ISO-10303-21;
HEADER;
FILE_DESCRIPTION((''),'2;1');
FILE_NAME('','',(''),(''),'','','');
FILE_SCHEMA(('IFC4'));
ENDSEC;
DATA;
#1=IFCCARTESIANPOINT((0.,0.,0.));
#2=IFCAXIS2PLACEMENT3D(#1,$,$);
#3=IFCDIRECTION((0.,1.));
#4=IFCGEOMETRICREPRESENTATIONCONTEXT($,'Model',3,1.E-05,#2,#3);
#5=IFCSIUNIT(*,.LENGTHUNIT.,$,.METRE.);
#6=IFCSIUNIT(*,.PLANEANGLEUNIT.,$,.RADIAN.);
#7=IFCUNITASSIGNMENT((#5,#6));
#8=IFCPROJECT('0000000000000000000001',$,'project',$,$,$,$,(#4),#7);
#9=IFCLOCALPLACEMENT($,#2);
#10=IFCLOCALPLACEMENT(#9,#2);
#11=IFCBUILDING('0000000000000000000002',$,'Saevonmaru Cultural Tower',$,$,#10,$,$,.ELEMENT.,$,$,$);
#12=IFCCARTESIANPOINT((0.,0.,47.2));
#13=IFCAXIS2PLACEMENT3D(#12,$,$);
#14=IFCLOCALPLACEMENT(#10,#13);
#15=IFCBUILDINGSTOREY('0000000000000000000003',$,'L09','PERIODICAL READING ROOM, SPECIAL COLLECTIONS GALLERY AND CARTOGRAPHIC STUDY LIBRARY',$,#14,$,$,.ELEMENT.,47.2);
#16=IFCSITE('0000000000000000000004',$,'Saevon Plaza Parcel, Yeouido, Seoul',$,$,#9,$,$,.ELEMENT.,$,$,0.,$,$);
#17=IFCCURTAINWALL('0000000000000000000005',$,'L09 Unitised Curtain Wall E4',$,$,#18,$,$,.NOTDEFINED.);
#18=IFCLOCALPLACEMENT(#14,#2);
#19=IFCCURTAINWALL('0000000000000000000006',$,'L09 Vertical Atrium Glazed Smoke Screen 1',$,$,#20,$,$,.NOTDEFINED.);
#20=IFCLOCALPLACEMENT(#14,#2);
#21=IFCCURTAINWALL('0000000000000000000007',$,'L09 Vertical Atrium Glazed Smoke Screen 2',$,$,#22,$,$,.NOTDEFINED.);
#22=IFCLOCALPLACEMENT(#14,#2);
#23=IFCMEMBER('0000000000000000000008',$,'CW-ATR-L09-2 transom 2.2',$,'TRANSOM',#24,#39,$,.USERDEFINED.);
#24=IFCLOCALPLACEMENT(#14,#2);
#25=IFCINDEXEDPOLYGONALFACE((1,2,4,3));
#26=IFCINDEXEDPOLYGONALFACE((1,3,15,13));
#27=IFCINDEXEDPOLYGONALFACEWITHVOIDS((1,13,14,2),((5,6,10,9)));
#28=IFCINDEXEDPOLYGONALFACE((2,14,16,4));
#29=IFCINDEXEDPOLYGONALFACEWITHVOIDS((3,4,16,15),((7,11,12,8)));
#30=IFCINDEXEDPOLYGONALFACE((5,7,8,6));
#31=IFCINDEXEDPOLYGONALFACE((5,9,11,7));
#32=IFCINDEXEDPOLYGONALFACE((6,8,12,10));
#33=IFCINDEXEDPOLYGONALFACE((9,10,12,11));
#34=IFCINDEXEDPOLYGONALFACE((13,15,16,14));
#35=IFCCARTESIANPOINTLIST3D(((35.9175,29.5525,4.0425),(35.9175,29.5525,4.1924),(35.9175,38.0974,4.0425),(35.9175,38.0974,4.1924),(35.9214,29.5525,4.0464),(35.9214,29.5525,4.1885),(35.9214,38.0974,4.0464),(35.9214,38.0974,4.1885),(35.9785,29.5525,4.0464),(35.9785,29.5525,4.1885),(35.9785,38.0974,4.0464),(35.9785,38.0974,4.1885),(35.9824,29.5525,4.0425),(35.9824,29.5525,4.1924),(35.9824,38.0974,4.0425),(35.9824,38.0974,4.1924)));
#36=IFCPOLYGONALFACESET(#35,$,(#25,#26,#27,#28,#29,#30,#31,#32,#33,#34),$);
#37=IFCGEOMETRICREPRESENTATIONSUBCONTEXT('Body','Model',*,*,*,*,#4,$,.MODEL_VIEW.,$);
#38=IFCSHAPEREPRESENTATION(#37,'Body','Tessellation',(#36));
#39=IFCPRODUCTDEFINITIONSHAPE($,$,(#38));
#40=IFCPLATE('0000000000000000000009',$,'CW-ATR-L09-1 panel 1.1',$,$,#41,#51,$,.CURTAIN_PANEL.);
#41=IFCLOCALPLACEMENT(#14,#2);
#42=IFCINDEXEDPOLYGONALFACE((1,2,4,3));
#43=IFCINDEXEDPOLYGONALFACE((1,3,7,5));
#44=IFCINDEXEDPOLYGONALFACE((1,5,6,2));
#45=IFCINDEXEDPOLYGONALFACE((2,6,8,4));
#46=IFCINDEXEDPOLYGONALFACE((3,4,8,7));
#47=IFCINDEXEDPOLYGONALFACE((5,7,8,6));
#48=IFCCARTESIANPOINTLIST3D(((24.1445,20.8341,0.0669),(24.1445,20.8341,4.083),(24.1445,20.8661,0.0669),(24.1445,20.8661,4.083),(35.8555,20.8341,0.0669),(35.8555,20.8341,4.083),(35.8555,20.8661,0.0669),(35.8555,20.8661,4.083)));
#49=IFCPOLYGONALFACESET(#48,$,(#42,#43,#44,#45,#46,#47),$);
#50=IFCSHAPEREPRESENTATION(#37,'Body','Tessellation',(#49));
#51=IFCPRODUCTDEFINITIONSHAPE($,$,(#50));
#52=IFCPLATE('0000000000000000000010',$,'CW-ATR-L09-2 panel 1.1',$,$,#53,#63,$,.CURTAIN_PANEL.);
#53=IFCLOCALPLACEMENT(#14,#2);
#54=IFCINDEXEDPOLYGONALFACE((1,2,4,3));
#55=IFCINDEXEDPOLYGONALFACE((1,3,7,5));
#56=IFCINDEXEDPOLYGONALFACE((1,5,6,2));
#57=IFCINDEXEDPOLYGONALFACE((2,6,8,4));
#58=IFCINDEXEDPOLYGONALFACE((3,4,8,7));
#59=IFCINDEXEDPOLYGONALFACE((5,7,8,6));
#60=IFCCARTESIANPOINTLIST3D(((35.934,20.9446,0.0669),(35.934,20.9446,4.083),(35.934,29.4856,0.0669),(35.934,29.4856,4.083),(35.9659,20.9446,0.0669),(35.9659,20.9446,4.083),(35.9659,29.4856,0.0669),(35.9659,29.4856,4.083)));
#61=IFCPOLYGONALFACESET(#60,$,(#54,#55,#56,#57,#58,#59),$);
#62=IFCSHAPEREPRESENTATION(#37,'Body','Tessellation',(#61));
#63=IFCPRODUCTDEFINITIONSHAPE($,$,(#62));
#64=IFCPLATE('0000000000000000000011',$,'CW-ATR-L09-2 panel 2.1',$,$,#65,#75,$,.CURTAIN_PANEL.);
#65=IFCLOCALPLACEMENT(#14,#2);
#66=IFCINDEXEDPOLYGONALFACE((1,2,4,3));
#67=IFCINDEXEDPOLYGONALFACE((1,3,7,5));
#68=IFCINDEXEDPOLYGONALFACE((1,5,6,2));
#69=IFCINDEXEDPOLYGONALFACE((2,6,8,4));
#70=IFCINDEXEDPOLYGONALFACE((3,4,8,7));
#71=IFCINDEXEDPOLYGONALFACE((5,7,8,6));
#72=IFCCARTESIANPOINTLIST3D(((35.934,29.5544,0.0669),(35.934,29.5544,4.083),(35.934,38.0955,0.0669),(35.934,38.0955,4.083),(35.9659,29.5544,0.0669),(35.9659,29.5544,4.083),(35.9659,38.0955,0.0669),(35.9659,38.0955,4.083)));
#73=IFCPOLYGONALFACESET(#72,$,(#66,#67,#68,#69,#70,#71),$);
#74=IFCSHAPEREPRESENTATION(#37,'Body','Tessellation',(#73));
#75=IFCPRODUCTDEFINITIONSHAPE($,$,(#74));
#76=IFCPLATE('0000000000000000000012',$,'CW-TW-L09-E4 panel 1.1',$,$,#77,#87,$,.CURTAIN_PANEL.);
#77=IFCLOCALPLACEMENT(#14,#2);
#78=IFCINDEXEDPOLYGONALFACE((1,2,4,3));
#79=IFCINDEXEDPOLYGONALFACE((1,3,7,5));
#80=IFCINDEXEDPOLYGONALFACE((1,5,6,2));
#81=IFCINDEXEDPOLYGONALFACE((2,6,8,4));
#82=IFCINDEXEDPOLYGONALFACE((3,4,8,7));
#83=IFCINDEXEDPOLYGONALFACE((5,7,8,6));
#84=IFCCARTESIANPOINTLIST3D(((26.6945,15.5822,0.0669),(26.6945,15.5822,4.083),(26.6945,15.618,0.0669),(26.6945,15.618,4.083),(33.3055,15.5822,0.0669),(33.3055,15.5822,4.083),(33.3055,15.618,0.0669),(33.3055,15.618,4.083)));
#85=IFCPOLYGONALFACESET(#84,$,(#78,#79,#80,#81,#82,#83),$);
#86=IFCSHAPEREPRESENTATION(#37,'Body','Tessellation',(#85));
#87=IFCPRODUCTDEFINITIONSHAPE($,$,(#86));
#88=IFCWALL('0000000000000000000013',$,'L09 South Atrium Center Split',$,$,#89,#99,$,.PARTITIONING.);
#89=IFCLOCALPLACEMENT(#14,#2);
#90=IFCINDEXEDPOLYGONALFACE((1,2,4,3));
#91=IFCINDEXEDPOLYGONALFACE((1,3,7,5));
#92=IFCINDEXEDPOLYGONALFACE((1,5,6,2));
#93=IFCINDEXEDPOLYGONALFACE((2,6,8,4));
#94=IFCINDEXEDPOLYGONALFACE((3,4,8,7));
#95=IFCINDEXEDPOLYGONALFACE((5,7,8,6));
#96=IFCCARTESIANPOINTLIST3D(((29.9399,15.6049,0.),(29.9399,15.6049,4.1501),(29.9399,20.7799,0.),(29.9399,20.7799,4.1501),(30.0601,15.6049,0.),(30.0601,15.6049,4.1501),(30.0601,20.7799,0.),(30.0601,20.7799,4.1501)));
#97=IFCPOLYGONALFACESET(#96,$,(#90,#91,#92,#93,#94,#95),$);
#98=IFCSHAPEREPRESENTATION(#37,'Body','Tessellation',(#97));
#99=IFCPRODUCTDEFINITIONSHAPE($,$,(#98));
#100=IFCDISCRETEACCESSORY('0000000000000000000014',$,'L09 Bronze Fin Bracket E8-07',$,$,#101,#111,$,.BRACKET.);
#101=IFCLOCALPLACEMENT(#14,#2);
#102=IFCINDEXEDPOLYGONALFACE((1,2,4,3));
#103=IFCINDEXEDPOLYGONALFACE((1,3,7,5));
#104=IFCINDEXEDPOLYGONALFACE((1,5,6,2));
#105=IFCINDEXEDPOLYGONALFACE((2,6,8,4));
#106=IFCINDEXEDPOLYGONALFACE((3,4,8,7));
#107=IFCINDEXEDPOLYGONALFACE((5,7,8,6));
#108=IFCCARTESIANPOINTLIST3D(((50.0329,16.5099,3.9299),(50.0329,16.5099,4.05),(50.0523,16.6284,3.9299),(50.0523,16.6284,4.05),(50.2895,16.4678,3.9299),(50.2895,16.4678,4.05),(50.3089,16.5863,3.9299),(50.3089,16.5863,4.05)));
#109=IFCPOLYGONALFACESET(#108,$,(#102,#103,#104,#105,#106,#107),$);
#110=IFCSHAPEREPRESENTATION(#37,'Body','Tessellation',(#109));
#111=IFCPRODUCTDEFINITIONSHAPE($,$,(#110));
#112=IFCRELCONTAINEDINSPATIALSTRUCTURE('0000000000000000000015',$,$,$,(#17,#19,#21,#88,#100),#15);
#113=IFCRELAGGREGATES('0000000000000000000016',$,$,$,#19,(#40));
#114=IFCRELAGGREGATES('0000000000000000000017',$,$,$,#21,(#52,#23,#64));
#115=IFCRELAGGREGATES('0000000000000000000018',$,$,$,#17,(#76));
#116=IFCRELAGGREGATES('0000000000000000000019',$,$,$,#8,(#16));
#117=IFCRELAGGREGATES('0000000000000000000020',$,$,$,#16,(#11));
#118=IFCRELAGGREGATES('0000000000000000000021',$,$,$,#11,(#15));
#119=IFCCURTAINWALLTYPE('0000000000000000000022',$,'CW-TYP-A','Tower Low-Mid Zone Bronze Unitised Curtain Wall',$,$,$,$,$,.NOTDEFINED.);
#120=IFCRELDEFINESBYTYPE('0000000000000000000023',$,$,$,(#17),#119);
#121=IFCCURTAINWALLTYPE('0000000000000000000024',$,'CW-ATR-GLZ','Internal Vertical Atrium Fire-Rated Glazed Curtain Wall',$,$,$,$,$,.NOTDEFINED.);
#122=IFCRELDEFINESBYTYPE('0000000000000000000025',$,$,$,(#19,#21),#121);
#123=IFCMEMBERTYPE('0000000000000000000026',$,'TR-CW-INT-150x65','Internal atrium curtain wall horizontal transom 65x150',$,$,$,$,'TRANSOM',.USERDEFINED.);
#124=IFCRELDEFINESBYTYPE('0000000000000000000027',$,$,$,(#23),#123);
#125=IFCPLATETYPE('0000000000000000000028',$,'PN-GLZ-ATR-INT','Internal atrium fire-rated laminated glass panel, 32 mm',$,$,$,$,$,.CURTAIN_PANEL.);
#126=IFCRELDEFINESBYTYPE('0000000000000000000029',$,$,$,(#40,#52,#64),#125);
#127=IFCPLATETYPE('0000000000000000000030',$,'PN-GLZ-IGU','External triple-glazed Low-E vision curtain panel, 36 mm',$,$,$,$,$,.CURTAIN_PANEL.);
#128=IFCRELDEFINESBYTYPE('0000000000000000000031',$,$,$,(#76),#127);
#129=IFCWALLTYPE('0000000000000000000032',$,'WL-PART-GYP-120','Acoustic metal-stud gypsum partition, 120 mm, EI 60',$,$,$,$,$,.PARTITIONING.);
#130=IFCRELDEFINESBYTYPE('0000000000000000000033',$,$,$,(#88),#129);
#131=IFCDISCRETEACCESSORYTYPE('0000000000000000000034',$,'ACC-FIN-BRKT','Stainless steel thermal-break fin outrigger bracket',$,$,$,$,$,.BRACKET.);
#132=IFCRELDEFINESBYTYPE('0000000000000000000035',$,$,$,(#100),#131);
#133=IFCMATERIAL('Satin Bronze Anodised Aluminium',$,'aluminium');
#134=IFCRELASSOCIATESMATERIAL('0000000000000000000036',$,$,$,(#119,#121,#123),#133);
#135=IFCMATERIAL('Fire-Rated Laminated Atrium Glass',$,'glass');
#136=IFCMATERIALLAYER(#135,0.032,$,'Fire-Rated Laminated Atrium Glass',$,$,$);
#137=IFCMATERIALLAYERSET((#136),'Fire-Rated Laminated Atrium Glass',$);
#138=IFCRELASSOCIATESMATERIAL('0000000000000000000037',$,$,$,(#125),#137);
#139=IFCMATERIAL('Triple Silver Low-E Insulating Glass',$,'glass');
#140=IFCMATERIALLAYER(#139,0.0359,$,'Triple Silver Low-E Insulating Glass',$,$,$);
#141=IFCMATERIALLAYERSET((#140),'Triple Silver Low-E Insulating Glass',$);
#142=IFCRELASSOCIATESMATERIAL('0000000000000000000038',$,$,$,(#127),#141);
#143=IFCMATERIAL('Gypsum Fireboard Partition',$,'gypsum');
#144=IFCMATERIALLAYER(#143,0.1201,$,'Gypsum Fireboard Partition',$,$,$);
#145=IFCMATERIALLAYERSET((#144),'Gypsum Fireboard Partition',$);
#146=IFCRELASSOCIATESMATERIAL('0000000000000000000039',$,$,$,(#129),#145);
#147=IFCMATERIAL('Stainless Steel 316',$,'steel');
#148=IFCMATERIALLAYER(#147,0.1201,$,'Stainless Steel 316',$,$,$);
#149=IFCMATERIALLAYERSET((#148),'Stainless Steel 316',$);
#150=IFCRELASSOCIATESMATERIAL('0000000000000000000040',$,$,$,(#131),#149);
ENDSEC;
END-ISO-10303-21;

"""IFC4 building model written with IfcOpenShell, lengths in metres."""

from ifc_helpers import new_model, si_unit, direction, frame, frame_2d, origin, origin_2d, place, context, subcontext, project, spatial, rectangle, hollow_rectangle, extrude, material, layer, layer_set, material_profile, profile_set, type_object, element, aggregate, save


model = new_model("IFC4")

# Units and contexts
model_context = context("Model", 3, precision=1e-05, world=origin(), true_north=direction((0.0, 1.0)))
body_context = subcontext(model_context, "Body", "Model", "MODEL_VIEW")
ifc_project = project(units=[si_unit("LENGTHUNIT", "METRE"), si_unit("PLANEANGLEUNIT", "RADIAN")], contexts=[model_context])

# Site, building, storey
site_placement = place(None, origin())
site = spatial("IfcSite", under=ifc_project, at=site_placement, Name="Saevon Plaza Parcel, Yeouido, Seoul", CompositionType="ELEMENT", RefElevation=0.0)
building_placement = place(site_placement, origin())
building = spatial("IfcBuilding", under=site, at=building_placement, Name="Saevonmaru Cultural Tower", CompositionType="ELEMENT")
storey_placement = place(building_placement, frame((0.0, 0.0, 47.2)))
storey = spatial("IfcBuildingStorey", under=building, at=storey_placement, Name="L09", Description="PERIODICAL READING ROOM, SPECIAL COLLECTIONS GALLERY AND CARTOGRAPHIC STUDY LIBRARY", CompositionType="ELEMENT", Elevation=47.2)

# Curtain walls
ifc_material_1 = material(Name="Satin Bronze Anodised Aluminium", Category="aluminium")
curtain_wall_type_1 = type_object("IfcCurtainWallType", Name="CW-TYP-A", Description="Tower Low-Mid Zone Bronze Unitised Curtain Wall", PredefinedType="NOTDEFINED", material=ifc_material_1)
curtain_wall_1_placement = place(storey_placement, origin())
curtain_wall_1 = element("IfcCurtainWall", 1, at=curtain_wall_1_placement, inside=storey, type_object=curtain_wall_type_1, Name="L09 Unitised Curtain Wall E4", PredefinedType="NOTDEFINED")
curtain_wall_type_2 = type_object("IfcCurtainWallType", Name="CW-ATR-GLZ", Description="Internal Vertical Atrium Fire-Rated Glazed Curtain Wall", PredefinedType="NOTDEFINED", material=ifc_material_1)
curtain_wall_2_placement = place(storey_placement, origin())
curtain_wall_2 = element("IfcCurtainWall", 2, at=curtain_wall_2_placement, inside=storey, type_object=curtain_wall_type_2, Name="L09 Vertical Atrium Glazed Smoke Screen 1", PredefinedType="NOTDEFINED")

# Curtain wall
curtain_wall_3_placement = place(storey_placement, origin())
curtain_wall_3 = element("IfcCurtainWall", 3, at=curtain_wall_3_placement, inside=storey, type_object=curtain_wall_type_2, Name="L09 Vertical Atrium Glazed Smoke Screen 2", PredefinedType="NOTDEFINED")

# Member
ifc_material_profile_1 = material_profile(ifc_material_1, hollow_rectangle(XDim=0.0649, YDim=0.1499, WallThickness=0.0039, at=origin_2d()), Name="ALU-TRAN-150x65x4")
ifc_profile_set_1 = profile_set([ifc_material_profile_1], Name="Satin Bronze Anodised Aluminium")
member_type_1 = type_object("IfcMemberType", Name="TR-CW-INT-150x65", Description="Internal atrium curtain wall horizontal transom 65x150", ElementType="TRANSOM", PredefinedType="USERDEFINED", material=ifc_profile_set_1)
member_1_placement = place(storey_placement, frame((35.95, 29.5525, 4.1174), z_axis=(0.0, 1.0, 0.0), x_axis=(-1.0, 0.0, 0.0)))
member_1 = element("IfcMember", 4, at=member_1_placement, type_object=member_type_1, Name="CW-ATR-L09-2 transom 2.2", ObjectType="TRANSOM", PredefinedType="USERDEFINED", context=body_context, shape_type="SweptSolid", body=[
    extrude(hollow_rectangle(XDim=0.0649, YDim=0.1499, WallThickness=0.0039, at=origin_2d()), origin(), (0.0, 0.0, 1.0), 8.5449),
])

# Plates
ifc_material_2 = material(Name="Fire-Rated Laminated Atrium Glass", Category="glass")
ifc_layer_1 = layer(ifc_material_2, 0.032, Name="Fire-Rated Laminated Atrium Glass")
ifc_layer_set_1 = layer_set([ifc_layer_1], Name="Fire-Rated Laminated Atrium Glass")
plate_type_1 = type_object("IfcPlateType", Name="PN-GLZ-ATR-INT", Description="Internal atrium fire-rated laminated glass panel, 32 mm", PredefinedType="CURTAIN_PANEL", material=ifc_layer_set_1)
plate_1_placement = place(storey_placement, frame((30.0, 20.8501, 0.0669), z_axis=(0.0, 0.0, 1.0), x_axis=(1.0, 0.0, 0.0)))
plate_1 = element("IfcPlate", 5, at=plate_1_placement, type_object=plate_type_1, Name="CW-ATR-L09-1 panel 1.1", PredefinedType="CURTAIN_PANEL", context=body_context, shape_type="SweptSolid", body=[
    extrude(rectangle(XDim=11.7109, YDim=0.032, at=origin_2d()), origin(), (0.0, 0.0, 1.0), 4.0161),
])
aggregate(curtain_wall_2, [plate_1])
plate_2_placement = place(storey_placement, frame((35.95, 25.2151, 0.0669), z_axis=(0.0, 0.0, 1.0), x_axis=(0.0, 1.0, 0.0)))
plate_2 = element("IfcPlate", 6, at=plate_2_placement, type_object=plate_type_1, Name="CW-ATR-L09-2 panel 1.1", PredefinedType="CURTAIN_PANEL", context=body_context, shape_type="SweptSolid", body=[
    extrude(rectangle(XDim=8.541, YDim=0.032, at=origin_2d()), origin(), (0.0, 0.0, 1.0), 4.0161),
])
plate_3_placement = place(storey_placement, frame((35.95, 33.825, 0.0669), z_axis=(0.0, 0.0, 1.0), x_axis=(0.0, 1.0, 0.0)))
plate_3 = element("IfcPlate", 7, at=plate_3_placement, type_object=plate_type_1, Name="CW-ATR-L09-2 panel 2.1", PredefinedType="CURTAIN_PANEL", context=body_context, shape_type="SweptSolid", body=[
    extrude(rectangle(XDim=8.541, YDim=0.032, at=origin_2d()), origin(), (0.0, 0.0, 1.0), 4.0161),
])
aggregate(curtain_wall_3, [plate_2, member_1, plate_3])
ifc_material_3 = material(Name="Triple Silver Low-E Insulating Glass", Category="glass")
ifc_layer_2 = layer(ifc_material_3, 0.0359, Name="Triple Silver Low-E Insulating Glass")
ifc_layer_set_2 = layer_set([ifc_layer_2], Name="Triple Silver Low-E Insulating Glass")
plate_type_2 = type_object("IfcPlateType", Name="PN-GLZ-IGU", Description="External triple-glazed Low-E vision curtain panel, 36 mm", PredefinedType="CURTAIN_PANEL", material=ifc_layer_set_2)
plate_4_placement = place(storey_placement, frame((30.0, 15.6001, 0.0669), z_axis=(0.0, 0.0, 1.0), x_axis=(1.0, 0.0, 0.0)))
plate_4 = element("IfcPlate", 8, at=plate_4_placement, type_object=plate_type_2, Name="CW-TW-L09-E4 panel 1.1", PredefinedType="CURTAIN_PANEL", context=body_context, shape_type="SweptSolid", body=[
    extrude(rectangle(XDim=6.6111, YDim=0.0359, at=origin_2d()), origin(), (0.0, 0.0, 1.0), 4.0161),
])
aggregate(curtain_wall_1, [plate_4])

# Wall
ifc_material_4 = material(Name="Gypsum Fireboard Partition", Category="gypsum")
ifc_layer_3 = layer(ifc_material_4, 0.1201, Name="Gypsum Fireboard Partition")
ifc_layer_set_3 = layer_set([ifc_layer_3], Name="Gypsum Fireboard Partition")
wall_type = type_object("IfcWallType", Name="WL-PART-GYP-120", Description="Acoustic metal-stud gypsum partition, 120 mm, EI 60", PredefinedType="PARTITIONING", material=ifc_layer_set_3)
wall_placement = place(storey_placement, frame((30.0, 15.605, 0.0), z_axis=(0.0, 0.0, 1.0), x_axis=(0.0, 1.0, 0.0)))
element("IfcWall", 9, at=wall_placement, inside=storey, type_object=wall_type, Name="L09 South Atrium Center Split", PredefinedType="PARTITIONING", context=body_context, shape_type="SweptSolid", body=[
    extrude(rectangle(XDim=5.175, YDim=0.1201, at=frame_2d((2.5874, 0.0))), origin(), (0.0, 0.0, 1.0), 4.1501),
])

# Discrete accessory
ifc_material_5 = material(Name="Stainless Steel 316", Category="steel")
ifc_layer_4 = layer(ifc_material_5, 0.1201, Name="Stainless Steel 316")
ifc_layer_set_4 = layer_set([ifc_layer_4], Name="Stainless Steel 316")
discrete_accessory_type = type_object("IfcDiscreteAccessoryType", Name="ACC-FIN-BRKT", Description="Stainless steel thermal-break fin outrigger bracket", PredefinedType="BRACKET", material=ifc_layer_set_4)
discrete_accessory_placement = place(storey_placement, frame((50.1709, 16.5481, 3.9299), z_axis=(0.0, 0.0, 1.0), x_axis=(0.986827, -0.161776, 0.0)))
element("IfcDiscreteAccessory", 10, at=discrete_accessory_placement, inside=storey, type_object=discrete_accessory_type, Name="L09 Bronze Fin Bracket E8-07", PredefinedType="BRACKET", context=body_context, shape_type="SweptSolid", body=[
    extrude(rectangle(XDim=0.26, YDim=0.1201, at=origin_2d()), origin(), (0.0, 0.0, 1.0), 0.1201),
])

save(model, "model.ifc")
